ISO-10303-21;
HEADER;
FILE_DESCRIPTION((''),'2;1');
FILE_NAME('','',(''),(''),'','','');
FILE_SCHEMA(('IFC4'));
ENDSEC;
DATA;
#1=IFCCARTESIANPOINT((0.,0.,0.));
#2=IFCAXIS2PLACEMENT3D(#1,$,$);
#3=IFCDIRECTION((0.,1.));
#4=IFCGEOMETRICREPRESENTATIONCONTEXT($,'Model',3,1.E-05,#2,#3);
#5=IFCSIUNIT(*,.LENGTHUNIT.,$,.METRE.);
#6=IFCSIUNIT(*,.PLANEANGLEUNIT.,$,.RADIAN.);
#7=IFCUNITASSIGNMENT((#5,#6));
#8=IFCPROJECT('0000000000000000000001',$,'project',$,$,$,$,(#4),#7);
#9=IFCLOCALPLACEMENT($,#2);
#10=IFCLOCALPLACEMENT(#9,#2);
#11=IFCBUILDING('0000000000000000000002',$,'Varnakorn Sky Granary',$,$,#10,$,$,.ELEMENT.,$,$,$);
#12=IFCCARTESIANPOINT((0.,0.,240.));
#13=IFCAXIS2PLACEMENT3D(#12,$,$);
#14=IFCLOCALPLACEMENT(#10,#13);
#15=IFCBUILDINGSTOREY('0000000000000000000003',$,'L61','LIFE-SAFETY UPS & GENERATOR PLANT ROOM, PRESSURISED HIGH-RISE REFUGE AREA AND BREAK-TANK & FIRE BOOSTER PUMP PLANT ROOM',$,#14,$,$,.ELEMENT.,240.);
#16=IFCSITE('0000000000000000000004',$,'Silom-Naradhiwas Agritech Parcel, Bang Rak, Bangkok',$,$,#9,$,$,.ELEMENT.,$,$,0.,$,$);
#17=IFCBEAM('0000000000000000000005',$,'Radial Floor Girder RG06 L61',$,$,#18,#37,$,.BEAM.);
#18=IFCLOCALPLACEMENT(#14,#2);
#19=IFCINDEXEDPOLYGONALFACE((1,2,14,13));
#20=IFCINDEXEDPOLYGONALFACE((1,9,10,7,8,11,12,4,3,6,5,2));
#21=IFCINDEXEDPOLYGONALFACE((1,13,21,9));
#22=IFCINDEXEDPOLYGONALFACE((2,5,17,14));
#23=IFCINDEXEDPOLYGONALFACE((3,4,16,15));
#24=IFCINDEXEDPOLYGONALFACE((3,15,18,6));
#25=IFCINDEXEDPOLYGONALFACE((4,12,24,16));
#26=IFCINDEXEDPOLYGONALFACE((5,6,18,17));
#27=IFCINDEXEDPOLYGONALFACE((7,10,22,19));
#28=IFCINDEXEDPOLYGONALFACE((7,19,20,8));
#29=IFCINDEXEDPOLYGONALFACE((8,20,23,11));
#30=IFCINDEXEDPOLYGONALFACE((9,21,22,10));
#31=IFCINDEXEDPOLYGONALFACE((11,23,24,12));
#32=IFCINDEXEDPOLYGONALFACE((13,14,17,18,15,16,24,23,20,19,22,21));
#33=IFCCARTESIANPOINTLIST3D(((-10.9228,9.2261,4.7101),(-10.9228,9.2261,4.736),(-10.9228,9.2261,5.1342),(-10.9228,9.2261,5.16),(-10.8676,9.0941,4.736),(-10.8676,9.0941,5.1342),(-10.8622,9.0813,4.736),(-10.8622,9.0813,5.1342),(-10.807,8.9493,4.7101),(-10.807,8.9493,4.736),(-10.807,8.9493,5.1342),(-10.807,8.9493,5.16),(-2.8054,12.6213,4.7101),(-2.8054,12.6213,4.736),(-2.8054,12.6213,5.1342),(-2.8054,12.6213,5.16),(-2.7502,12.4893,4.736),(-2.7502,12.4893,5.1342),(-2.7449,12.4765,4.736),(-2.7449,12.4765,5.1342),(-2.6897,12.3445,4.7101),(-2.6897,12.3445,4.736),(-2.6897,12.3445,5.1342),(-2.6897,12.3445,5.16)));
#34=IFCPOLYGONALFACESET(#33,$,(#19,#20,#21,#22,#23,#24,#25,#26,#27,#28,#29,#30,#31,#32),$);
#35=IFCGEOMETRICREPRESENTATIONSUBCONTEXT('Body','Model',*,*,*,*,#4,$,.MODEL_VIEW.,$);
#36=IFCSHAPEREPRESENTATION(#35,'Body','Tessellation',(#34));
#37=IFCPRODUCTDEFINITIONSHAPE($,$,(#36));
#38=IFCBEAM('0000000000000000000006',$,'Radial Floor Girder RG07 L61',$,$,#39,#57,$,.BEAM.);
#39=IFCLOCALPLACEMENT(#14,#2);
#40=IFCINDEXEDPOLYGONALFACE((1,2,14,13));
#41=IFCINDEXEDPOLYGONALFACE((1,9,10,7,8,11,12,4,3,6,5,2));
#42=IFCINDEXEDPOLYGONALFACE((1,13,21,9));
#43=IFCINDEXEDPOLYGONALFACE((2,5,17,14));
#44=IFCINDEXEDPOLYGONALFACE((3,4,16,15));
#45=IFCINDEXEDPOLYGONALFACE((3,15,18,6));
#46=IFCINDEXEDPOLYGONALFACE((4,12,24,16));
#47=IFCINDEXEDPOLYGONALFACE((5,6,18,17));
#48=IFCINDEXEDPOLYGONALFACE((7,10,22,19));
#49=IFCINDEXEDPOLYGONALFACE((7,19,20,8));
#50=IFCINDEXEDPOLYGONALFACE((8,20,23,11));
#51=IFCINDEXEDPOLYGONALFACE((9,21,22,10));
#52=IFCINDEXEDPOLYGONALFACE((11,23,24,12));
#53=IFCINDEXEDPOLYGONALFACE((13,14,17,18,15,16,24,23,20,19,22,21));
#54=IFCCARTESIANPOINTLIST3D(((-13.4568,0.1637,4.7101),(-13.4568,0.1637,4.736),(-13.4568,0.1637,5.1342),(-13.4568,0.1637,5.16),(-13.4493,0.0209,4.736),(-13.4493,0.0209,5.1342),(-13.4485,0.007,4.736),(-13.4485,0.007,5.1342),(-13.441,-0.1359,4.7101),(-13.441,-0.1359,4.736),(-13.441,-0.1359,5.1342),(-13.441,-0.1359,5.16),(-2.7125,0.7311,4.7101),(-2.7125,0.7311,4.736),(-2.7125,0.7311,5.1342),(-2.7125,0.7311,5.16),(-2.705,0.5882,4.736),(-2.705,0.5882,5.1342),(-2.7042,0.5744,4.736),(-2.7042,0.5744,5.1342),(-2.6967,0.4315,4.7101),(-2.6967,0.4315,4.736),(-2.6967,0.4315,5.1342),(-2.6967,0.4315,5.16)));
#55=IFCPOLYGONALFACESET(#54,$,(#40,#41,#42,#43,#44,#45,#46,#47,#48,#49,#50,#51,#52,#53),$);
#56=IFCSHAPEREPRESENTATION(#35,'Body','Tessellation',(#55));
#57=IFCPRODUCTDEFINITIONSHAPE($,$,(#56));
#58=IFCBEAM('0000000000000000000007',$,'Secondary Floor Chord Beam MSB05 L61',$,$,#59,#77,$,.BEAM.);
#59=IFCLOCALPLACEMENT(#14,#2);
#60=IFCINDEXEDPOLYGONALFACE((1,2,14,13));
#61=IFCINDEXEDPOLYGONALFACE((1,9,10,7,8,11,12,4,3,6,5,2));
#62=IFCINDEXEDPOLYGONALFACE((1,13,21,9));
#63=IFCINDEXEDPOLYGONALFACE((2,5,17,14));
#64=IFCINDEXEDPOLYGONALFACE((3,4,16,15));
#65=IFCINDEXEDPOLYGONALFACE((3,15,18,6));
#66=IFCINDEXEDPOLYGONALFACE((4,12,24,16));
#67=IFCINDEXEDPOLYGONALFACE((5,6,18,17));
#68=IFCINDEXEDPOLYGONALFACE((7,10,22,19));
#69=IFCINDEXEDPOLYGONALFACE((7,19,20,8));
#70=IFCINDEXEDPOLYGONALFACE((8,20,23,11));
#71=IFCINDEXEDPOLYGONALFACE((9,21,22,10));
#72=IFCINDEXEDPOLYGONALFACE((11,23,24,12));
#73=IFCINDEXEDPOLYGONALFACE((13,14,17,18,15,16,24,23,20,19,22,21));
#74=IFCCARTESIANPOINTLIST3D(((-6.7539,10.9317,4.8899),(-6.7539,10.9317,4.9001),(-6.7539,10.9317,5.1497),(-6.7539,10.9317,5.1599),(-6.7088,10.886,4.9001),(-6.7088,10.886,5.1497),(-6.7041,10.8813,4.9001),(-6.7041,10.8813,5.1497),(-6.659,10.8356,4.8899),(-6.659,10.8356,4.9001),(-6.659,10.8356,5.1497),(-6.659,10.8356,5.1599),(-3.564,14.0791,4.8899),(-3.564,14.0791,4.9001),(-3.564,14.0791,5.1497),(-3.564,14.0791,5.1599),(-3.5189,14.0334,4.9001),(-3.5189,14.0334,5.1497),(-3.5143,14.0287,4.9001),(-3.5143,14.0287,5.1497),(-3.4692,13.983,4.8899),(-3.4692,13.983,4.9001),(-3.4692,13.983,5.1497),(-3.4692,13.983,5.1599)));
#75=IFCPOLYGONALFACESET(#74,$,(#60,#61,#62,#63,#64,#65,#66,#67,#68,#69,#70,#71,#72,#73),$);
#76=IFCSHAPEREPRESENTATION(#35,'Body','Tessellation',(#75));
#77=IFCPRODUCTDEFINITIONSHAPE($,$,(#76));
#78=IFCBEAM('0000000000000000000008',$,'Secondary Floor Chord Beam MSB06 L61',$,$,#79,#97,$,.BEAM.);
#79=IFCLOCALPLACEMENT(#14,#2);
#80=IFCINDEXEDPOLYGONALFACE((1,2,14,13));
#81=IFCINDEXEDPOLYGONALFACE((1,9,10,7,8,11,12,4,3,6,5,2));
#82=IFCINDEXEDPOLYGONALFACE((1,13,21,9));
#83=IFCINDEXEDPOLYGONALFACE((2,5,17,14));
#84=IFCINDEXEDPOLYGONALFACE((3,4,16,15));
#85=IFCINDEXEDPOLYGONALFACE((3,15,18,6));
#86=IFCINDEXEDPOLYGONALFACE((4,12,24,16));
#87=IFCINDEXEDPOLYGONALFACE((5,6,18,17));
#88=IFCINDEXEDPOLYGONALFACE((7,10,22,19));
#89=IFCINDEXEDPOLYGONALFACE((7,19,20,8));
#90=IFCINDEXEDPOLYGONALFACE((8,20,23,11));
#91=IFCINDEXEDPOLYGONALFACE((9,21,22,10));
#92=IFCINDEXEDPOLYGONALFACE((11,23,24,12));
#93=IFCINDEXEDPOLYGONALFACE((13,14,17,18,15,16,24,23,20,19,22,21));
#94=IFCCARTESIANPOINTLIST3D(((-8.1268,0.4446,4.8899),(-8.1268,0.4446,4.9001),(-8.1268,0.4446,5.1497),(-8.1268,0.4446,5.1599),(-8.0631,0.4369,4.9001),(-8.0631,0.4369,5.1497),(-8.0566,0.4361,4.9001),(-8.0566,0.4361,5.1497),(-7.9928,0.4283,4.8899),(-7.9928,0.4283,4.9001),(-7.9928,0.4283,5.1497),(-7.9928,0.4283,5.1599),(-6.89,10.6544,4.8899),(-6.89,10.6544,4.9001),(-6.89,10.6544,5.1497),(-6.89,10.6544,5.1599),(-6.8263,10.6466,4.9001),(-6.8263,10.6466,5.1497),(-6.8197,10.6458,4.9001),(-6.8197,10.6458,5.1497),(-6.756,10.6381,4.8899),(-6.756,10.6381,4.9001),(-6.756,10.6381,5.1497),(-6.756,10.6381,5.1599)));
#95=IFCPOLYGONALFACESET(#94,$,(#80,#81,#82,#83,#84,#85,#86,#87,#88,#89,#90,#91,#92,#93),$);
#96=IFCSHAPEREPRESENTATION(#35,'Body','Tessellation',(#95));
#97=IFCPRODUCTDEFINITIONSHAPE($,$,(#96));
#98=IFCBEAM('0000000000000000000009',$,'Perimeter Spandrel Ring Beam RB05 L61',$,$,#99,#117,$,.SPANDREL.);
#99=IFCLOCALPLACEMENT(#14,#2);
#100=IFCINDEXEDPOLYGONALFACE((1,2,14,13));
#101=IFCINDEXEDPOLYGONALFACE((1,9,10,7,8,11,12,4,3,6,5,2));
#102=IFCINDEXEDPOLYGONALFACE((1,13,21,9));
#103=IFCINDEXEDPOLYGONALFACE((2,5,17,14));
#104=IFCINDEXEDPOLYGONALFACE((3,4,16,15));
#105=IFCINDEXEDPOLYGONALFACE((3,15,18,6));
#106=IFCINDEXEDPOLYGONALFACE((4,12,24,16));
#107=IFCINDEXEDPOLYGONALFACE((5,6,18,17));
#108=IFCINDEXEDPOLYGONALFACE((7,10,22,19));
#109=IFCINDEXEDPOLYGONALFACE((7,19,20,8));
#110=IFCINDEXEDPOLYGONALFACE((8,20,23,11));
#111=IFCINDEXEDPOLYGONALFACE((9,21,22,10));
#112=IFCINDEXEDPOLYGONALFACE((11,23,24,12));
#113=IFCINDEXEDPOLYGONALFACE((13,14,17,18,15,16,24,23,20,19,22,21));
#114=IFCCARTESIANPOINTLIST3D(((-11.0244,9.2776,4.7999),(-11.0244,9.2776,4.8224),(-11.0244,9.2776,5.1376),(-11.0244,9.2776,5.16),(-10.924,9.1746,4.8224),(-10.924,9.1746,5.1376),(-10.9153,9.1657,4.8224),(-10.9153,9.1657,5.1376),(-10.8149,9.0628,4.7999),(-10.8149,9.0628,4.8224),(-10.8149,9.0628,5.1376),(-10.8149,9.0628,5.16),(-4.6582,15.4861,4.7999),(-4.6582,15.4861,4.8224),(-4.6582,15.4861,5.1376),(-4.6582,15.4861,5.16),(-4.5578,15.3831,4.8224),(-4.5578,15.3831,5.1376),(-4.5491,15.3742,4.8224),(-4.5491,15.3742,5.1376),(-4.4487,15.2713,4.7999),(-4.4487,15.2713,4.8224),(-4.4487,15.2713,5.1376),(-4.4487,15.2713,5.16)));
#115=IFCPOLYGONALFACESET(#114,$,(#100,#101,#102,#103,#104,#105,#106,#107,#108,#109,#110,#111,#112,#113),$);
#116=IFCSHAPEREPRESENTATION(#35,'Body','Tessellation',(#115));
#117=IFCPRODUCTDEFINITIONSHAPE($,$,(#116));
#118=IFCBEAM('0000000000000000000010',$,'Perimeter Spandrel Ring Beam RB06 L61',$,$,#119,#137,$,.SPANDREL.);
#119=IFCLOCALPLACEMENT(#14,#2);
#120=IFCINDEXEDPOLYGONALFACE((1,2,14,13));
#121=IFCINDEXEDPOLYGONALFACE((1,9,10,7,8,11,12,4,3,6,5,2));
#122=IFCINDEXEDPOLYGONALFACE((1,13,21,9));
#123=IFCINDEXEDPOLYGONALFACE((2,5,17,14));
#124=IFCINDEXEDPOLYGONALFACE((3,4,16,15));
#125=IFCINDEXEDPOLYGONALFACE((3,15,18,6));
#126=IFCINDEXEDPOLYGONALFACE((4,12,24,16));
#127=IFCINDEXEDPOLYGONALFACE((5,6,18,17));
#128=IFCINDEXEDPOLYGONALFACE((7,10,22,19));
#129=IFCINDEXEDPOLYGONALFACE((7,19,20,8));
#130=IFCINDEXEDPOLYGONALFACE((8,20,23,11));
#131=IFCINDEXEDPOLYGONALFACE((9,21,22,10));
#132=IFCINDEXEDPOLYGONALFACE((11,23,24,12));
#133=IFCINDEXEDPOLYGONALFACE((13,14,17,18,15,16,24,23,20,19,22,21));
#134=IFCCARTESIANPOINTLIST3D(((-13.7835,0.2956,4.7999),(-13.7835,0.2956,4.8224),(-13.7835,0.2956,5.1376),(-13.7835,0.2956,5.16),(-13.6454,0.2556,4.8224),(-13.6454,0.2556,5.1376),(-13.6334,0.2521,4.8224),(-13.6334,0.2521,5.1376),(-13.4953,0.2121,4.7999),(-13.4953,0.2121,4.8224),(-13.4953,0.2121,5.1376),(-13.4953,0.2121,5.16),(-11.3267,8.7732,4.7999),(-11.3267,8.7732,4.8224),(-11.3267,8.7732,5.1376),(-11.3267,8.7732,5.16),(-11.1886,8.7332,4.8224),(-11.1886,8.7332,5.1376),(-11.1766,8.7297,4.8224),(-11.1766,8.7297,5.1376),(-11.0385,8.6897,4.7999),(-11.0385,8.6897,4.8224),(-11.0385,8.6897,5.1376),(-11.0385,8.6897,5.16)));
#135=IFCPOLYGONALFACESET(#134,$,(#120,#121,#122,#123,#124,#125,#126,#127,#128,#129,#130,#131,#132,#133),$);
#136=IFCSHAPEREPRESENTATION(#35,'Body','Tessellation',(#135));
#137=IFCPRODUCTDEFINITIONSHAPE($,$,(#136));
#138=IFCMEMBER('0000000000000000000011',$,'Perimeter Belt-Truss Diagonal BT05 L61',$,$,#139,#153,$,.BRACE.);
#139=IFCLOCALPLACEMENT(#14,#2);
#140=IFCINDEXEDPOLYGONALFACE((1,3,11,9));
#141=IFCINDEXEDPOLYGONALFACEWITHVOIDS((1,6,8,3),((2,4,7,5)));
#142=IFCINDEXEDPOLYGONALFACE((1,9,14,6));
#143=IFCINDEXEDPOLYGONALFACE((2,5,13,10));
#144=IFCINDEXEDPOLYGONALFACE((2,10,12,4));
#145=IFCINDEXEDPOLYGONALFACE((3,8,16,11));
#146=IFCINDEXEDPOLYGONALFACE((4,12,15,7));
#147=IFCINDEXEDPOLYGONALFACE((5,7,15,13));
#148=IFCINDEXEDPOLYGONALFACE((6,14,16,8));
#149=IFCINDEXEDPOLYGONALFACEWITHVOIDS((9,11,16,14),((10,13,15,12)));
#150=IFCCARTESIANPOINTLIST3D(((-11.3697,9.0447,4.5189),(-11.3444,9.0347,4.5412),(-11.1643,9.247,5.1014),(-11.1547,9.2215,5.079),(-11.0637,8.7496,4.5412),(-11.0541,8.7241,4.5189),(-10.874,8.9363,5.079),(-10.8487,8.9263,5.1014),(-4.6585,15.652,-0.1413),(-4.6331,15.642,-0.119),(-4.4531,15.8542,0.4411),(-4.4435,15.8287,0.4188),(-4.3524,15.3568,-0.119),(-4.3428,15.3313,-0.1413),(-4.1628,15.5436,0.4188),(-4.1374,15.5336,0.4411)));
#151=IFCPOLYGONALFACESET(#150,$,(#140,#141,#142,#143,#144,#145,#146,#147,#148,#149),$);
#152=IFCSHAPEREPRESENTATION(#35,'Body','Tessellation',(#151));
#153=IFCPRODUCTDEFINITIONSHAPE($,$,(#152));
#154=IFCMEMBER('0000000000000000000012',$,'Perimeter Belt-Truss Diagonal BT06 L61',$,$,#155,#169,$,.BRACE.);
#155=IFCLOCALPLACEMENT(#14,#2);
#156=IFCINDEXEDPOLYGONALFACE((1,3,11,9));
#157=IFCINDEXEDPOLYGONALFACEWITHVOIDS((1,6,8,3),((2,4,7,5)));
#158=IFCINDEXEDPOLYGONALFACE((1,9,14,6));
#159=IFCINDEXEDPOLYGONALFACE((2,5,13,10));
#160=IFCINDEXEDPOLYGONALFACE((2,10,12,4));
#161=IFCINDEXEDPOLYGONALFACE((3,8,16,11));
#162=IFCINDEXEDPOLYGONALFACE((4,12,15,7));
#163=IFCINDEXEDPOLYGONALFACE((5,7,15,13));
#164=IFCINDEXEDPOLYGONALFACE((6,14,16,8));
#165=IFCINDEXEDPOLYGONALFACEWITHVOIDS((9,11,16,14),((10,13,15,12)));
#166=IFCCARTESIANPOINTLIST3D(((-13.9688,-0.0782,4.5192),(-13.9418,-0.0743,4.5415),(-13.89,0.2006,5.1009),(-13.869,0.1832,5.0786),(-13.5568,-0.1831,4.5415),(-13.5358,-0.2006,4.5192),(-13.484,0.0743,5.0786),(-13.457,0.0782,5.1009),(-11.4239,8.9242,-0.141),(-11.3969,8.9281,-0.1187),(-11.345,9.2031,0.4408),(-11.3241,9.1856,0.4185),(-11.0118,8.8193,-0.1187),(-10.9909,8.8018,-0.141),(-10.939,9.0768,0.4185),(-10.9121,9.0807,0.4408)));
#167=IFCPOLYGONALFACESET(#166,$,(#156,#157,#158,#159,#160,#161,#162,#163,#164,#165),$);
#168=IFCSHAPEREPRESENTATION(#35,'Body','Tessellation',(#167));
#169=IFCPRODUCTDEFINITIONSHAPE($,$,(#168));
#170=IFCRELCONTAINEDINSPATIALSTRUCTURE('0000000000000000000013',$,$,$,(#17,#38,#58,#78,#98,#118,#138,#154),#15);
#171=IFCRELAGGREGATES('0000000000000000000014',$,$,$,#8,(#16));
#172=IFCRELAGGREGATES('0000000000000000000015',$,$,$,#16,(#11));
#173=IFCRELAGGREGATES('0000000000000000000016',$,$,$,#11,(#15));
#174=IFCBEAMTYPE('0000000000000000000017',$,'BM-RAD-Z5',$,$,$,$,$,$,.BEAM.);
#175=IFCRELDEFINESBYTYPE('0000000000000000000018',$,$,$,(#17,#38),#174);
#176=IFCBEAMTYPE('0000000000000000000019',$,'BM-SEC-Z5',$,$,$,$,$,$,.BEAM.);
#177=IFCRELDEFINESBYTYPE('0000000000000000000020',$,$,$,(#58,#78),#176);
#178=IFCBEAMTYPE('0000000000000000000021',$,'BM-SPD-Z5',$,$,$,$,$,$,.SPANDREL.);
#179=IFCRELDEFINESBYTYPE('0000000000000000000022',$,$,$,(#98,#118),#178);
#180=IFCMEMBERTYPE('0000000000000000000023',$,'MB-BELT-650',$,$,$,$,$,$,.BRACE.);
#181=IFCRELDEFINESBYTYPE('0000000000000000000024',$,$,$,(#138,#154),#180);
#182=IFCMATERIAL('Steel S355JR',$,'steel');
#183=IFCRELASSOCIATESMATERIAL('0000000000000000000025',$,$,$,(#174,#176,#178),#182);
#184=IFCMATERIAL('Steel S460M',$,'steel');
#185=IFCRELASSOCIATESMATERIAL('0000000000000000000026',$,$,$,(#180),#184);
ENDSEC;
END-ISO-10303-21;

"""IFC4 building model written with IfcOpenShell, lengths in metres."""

from ifc_helpers import new_model, si_unit, direction, frame, origin, origin_2d, place, context, subcontext, project, spatial, hollow_rectangle, i_section, extrude, material, material_profile, profile_set, type_object, element, save


model = new_model("IFC4")

# Units and contexts
model_context = context("Model", 3, precision=1e-05, world=origin(), true_north=direction((0.0, 1.0)))
body_context = subcontext(model_context, "Body", "Model", "MODEL_VIEW")
ifc_project = project(units=[si_unit("LENGTHUNIT", "METRE"), si_unit("PLANEANGLEUNIT", "RADIAN")], contexts=[model_context])

# Site, building, storey
site_placement = place(None, origin())
site = spatial("IfcSite", under=ifc_project, at=site_placement, Name="Silom-Naradhiwas Agritech Parcel, Bang Rak, Bangkok", CompositionType="ELEMENT", RefElevation=0.0)
building_placement = place(site_placement, origin())
building = spatial("IfcBuilding", under=site, at=building_placement, Name="Varnakorn Sky Granary", CompositionType="ELEMENT")
storey_placement = place(building_placement, frame((0.0, 0.0, 240.0)))
storey = spatial("IfcBuildingStorey", under=building, at=storey_placement, Name="L61", Description="LIFE-SAFETY UPS & GENERATOR PLANT ROOM, PRESSURISED HIGH-RISE REFUGE AREA AND BREAK-TANK & FIRE BOOSTER PUMP PLANT ROOM", CompositionType="ELEMENT", Elevation=240.0)

# Shared definitions
ifc_material_1 = material(Name="Steel S460M", Category="steel")

# Beams
ifc_material_2 = material(Name="Steel S355JR", Category="steel")
ifc_material_profile_1 = material_profile(ifc_material_2, i_section(OverallWidth=0.3, OverallDepth=0.45, WebThickness=0.0139, FlangeThickness=0.0259, at=origin_2d()), Name="HE 450 B")
ifc_profile_set_1 = profile_set([ifc_material_profile_1], Name="Steel S355JR")
beam_type_1 = type_object("IfcBeamType", Name="BM-RAD-Z5", PredefinedType="BEAM", material=ifc_profile_set_1)
beam_1_placement = place(storey_placement, frame((-2.7476, 12.4829, 4.9351), z_axis=(-0.922552, -0.385874, 0.0), x_axis=(0.385874, -0.922552, 0.0)))
element("IfcBeam", 1, at=beam_1_placement, inside=storey, type_object=beam_type_1, Name="Radial Floor Girder RG06 L61", PredefinedType="BEAM", context=body_context, shape_type="SweptSolid", body=[
    extrude(i_section(OverallWidth=0.3, OverallDepth=0.45, WebThickness=0.0139, FlangeThickness=0.0259, at=origin_2d()), origin(), (0.0, 0.0, 1.0), 8.7988),
])
beam_2_placement = place(storey_placement, frame((-2.7046, 0.5813, 4.9351), z_axis=(-0.998609, -0.052734, 0.0), x_axis=(0.052734, -0.998609, 0.0)))
element("IfcBeam", 2, at=beam_2_placement, inside=storey, type_object=beam_type_1, Name="Radial Floor Girder RG07 L61", PredefinedType="BEAM", context=body_context, shape_type="SweptSolid", body=[
    extrude(i_section(OverallWidth=0.3, OverallDepth=0.45, WebThickness=0.0139, FlangeThickness=0.0259, at=origin_2d()), origin(), (0.0, 0.0, 1.0), 10.7593),
])
ifc_material_profile_2 = material_profile(ifc_material_2, i_section(OverallWidth=0.135, OverallDepth=0.27, WebThickness=0.0066, FlangeThickness=0.0103, at=origin_2d()), Name="IPE 270")
ifc_profile_set_2 = profile_set([ifc_material_profile_2], Name="Steel S355JR")
beam_type_2 = type_object("IfcBeamType", Name="BM-SEC-Z5", PredefinedType="BEAM", material=ifc_profile_set_2)
beam_3_placement = place(storey_placement, frame((-3.5166, 14.031, 5.0249), z_axis=(-0.711831, -0.702351, 0.0), x_axis=(0.702351, -0.711831, 0.0)))
element("IfcBeam", 3, at=beam_3_placement, inside=storey, type_object=beam_type_2, Name="Secondary Floor Chord Beam MSB05 L61", PredefinedType="BEAM", context=body_context, shape_type="SweptSolid", body=[
    extrude(i_section(OverallWidth=0.135, OverallDepth=0.27, WebThickness=0.0066, FlangeThickness=0.0103, at=origin_2d()), origin(), (0.0, 0.0, 1.0), 4.4812),
])
beam_4_placement = place(storey_placement, frame((-6.823, 10.6462, 5.0249), z_axis=(-0.120262, -0.992742, 0.0), x_axis=(0.992742, -0.120262, 0.0)))
element("IfcBeam", 4, at=beam_4_placement, inside=storey, type_object=beam_type_2, Name="Secondary Floor Chord Beam MSB06 L61", PredefinedType="BEAM", context=body_context, shape_type="SweptSolid", body=[
    extrude(i_section(OverallWidth=0.135, OverallDepth=0.27, WebThickness=0.0066, FlangeThickness=0.0103, at=origin_2d()), origin(), (0.0, 0.0, 1.0), 10.2844),
])
ifc_material_profile_3 = material_profile(ifc_material_2, i_section(OverallWidth=0.3, OverallDepth=0.3601, WebThickness=0.0125, FlangeThickness=0.0225, at=origin_2d()), Name="HE 360 B")
ifc_profile_set_3 = profile_set([ifc_material_profile_3], Name="Steel S355JR")
beam_type_3 = type_object("IfcBeamType", Name="BM-SPD-Z5", PredefinedType="SPANDREL", material=ifc_profile_set_3)
beam_5_placement = place(storey_placement, frame((-4.5535, 15.3787, 4.98), z_axis=(-0.715919, -0.698183, 0.0), x_axis=(0.698183, -0.715919, 0.0)))
element("IfcBeam", 5, at=beam_5_placement, inside=storey, type_object=beam_type_3, Name="Perimeter Spandrel Ring Beam RB05 L61", PredefinedType="SPANDREL", context=body_context, shape_type="SweptSolid", body=[
    extrude(i_section(OverallWidth=0.3, OverallDepth=0.3601, WebThickness=0.0125, FlangeThickness=0.0225, at=origin_2d()), origin(), (0.0, 0.0, 1.0), 8.8923),
])
beam_6_placement = place(storey_placement, frame((-11.1826, 8.7314, 4.98), z_axis=(-0.278347, -0.960481, 0.0), x_axis=(0.960481, -0.278347, 0.0)))
element("IfcBeam", 6, at=beam_6_placement, inside=storey, type_object=beam_type_3, Name="Perimeter Spandrel Ring Beam RB06 L61", PredefinedType="SPANDREL", context=body_context, shape_type="SweptSolid", body=[
    extrude(i_section(OverallWidth=0.3, OverallDepth=0.3601, WebThickness=0.0125, FlangeThickness=0.0225, at=origin_2d()), origin(), (0.0, 0.0, 1.0), 8.8264),
])

# Members
ifc_material_profile_4 = material_profile(ifc_material_1, hollow_rectangle(XDim=0.45, YDim=0.6499, WallThickness=0.0249, at=origin_2d()), Name="RHS 450x650x25")
ifc_profile_set_4 = profile_set([ifc_material_profile_4], Name="Steel S460M")
member_type_1 = type_object("IfcMemberType", Name="MB-BELT-650", PredefinedType="BRACE", material=ifc_profile_set_4)
member_1_placement = place(storey_placement, frame((-4.3979, 15.5928, 0.1499), z_axis=(-0.638692, -0.628794, 0.443499), x_axis=(0.701564, -0.712607, 0.0)))
element("IfcMember", 7, at=member_1_placement, inside=storey, type_object=member_type_1, Name="Perimeter Belt-Truss Diagonal BT05 L61", PredefinedType="BRACE", context=body_context, shape_type="SweptSolid", body=[
    extrude(hollow_rectangle(XDim=0.45, YDim=0.6499, WallThickness=0.0249, at=origin_2d()), origin(), (0.0, 0.0, 1.0), 10.5078),
])
member_2_placement = place(storey_placement, frame((-11.168, 9.0024, 0.1499), z_axis=(-0.243494, -0.861339, 0.445876), x_axis=(0.962288, -0.272032, 0.0)))
element("IfcMember", 8, at=member_2_placement, inside=storey, type_object=member_type_1, Name="Perimeter Belt-Truss Diagonal BT06 L61", PredefinedType="BRACE", context=body_context, shape_type="SweptSolid", body=[
    extrude(hollow_rectangle(XDim=0.45, YDim=0.6499, WallThickness=0.0249, at=origin_2d()), origin(), (0.0, 0.0, 1.0), 10.4517),
])

save(model, "model.ifc")
